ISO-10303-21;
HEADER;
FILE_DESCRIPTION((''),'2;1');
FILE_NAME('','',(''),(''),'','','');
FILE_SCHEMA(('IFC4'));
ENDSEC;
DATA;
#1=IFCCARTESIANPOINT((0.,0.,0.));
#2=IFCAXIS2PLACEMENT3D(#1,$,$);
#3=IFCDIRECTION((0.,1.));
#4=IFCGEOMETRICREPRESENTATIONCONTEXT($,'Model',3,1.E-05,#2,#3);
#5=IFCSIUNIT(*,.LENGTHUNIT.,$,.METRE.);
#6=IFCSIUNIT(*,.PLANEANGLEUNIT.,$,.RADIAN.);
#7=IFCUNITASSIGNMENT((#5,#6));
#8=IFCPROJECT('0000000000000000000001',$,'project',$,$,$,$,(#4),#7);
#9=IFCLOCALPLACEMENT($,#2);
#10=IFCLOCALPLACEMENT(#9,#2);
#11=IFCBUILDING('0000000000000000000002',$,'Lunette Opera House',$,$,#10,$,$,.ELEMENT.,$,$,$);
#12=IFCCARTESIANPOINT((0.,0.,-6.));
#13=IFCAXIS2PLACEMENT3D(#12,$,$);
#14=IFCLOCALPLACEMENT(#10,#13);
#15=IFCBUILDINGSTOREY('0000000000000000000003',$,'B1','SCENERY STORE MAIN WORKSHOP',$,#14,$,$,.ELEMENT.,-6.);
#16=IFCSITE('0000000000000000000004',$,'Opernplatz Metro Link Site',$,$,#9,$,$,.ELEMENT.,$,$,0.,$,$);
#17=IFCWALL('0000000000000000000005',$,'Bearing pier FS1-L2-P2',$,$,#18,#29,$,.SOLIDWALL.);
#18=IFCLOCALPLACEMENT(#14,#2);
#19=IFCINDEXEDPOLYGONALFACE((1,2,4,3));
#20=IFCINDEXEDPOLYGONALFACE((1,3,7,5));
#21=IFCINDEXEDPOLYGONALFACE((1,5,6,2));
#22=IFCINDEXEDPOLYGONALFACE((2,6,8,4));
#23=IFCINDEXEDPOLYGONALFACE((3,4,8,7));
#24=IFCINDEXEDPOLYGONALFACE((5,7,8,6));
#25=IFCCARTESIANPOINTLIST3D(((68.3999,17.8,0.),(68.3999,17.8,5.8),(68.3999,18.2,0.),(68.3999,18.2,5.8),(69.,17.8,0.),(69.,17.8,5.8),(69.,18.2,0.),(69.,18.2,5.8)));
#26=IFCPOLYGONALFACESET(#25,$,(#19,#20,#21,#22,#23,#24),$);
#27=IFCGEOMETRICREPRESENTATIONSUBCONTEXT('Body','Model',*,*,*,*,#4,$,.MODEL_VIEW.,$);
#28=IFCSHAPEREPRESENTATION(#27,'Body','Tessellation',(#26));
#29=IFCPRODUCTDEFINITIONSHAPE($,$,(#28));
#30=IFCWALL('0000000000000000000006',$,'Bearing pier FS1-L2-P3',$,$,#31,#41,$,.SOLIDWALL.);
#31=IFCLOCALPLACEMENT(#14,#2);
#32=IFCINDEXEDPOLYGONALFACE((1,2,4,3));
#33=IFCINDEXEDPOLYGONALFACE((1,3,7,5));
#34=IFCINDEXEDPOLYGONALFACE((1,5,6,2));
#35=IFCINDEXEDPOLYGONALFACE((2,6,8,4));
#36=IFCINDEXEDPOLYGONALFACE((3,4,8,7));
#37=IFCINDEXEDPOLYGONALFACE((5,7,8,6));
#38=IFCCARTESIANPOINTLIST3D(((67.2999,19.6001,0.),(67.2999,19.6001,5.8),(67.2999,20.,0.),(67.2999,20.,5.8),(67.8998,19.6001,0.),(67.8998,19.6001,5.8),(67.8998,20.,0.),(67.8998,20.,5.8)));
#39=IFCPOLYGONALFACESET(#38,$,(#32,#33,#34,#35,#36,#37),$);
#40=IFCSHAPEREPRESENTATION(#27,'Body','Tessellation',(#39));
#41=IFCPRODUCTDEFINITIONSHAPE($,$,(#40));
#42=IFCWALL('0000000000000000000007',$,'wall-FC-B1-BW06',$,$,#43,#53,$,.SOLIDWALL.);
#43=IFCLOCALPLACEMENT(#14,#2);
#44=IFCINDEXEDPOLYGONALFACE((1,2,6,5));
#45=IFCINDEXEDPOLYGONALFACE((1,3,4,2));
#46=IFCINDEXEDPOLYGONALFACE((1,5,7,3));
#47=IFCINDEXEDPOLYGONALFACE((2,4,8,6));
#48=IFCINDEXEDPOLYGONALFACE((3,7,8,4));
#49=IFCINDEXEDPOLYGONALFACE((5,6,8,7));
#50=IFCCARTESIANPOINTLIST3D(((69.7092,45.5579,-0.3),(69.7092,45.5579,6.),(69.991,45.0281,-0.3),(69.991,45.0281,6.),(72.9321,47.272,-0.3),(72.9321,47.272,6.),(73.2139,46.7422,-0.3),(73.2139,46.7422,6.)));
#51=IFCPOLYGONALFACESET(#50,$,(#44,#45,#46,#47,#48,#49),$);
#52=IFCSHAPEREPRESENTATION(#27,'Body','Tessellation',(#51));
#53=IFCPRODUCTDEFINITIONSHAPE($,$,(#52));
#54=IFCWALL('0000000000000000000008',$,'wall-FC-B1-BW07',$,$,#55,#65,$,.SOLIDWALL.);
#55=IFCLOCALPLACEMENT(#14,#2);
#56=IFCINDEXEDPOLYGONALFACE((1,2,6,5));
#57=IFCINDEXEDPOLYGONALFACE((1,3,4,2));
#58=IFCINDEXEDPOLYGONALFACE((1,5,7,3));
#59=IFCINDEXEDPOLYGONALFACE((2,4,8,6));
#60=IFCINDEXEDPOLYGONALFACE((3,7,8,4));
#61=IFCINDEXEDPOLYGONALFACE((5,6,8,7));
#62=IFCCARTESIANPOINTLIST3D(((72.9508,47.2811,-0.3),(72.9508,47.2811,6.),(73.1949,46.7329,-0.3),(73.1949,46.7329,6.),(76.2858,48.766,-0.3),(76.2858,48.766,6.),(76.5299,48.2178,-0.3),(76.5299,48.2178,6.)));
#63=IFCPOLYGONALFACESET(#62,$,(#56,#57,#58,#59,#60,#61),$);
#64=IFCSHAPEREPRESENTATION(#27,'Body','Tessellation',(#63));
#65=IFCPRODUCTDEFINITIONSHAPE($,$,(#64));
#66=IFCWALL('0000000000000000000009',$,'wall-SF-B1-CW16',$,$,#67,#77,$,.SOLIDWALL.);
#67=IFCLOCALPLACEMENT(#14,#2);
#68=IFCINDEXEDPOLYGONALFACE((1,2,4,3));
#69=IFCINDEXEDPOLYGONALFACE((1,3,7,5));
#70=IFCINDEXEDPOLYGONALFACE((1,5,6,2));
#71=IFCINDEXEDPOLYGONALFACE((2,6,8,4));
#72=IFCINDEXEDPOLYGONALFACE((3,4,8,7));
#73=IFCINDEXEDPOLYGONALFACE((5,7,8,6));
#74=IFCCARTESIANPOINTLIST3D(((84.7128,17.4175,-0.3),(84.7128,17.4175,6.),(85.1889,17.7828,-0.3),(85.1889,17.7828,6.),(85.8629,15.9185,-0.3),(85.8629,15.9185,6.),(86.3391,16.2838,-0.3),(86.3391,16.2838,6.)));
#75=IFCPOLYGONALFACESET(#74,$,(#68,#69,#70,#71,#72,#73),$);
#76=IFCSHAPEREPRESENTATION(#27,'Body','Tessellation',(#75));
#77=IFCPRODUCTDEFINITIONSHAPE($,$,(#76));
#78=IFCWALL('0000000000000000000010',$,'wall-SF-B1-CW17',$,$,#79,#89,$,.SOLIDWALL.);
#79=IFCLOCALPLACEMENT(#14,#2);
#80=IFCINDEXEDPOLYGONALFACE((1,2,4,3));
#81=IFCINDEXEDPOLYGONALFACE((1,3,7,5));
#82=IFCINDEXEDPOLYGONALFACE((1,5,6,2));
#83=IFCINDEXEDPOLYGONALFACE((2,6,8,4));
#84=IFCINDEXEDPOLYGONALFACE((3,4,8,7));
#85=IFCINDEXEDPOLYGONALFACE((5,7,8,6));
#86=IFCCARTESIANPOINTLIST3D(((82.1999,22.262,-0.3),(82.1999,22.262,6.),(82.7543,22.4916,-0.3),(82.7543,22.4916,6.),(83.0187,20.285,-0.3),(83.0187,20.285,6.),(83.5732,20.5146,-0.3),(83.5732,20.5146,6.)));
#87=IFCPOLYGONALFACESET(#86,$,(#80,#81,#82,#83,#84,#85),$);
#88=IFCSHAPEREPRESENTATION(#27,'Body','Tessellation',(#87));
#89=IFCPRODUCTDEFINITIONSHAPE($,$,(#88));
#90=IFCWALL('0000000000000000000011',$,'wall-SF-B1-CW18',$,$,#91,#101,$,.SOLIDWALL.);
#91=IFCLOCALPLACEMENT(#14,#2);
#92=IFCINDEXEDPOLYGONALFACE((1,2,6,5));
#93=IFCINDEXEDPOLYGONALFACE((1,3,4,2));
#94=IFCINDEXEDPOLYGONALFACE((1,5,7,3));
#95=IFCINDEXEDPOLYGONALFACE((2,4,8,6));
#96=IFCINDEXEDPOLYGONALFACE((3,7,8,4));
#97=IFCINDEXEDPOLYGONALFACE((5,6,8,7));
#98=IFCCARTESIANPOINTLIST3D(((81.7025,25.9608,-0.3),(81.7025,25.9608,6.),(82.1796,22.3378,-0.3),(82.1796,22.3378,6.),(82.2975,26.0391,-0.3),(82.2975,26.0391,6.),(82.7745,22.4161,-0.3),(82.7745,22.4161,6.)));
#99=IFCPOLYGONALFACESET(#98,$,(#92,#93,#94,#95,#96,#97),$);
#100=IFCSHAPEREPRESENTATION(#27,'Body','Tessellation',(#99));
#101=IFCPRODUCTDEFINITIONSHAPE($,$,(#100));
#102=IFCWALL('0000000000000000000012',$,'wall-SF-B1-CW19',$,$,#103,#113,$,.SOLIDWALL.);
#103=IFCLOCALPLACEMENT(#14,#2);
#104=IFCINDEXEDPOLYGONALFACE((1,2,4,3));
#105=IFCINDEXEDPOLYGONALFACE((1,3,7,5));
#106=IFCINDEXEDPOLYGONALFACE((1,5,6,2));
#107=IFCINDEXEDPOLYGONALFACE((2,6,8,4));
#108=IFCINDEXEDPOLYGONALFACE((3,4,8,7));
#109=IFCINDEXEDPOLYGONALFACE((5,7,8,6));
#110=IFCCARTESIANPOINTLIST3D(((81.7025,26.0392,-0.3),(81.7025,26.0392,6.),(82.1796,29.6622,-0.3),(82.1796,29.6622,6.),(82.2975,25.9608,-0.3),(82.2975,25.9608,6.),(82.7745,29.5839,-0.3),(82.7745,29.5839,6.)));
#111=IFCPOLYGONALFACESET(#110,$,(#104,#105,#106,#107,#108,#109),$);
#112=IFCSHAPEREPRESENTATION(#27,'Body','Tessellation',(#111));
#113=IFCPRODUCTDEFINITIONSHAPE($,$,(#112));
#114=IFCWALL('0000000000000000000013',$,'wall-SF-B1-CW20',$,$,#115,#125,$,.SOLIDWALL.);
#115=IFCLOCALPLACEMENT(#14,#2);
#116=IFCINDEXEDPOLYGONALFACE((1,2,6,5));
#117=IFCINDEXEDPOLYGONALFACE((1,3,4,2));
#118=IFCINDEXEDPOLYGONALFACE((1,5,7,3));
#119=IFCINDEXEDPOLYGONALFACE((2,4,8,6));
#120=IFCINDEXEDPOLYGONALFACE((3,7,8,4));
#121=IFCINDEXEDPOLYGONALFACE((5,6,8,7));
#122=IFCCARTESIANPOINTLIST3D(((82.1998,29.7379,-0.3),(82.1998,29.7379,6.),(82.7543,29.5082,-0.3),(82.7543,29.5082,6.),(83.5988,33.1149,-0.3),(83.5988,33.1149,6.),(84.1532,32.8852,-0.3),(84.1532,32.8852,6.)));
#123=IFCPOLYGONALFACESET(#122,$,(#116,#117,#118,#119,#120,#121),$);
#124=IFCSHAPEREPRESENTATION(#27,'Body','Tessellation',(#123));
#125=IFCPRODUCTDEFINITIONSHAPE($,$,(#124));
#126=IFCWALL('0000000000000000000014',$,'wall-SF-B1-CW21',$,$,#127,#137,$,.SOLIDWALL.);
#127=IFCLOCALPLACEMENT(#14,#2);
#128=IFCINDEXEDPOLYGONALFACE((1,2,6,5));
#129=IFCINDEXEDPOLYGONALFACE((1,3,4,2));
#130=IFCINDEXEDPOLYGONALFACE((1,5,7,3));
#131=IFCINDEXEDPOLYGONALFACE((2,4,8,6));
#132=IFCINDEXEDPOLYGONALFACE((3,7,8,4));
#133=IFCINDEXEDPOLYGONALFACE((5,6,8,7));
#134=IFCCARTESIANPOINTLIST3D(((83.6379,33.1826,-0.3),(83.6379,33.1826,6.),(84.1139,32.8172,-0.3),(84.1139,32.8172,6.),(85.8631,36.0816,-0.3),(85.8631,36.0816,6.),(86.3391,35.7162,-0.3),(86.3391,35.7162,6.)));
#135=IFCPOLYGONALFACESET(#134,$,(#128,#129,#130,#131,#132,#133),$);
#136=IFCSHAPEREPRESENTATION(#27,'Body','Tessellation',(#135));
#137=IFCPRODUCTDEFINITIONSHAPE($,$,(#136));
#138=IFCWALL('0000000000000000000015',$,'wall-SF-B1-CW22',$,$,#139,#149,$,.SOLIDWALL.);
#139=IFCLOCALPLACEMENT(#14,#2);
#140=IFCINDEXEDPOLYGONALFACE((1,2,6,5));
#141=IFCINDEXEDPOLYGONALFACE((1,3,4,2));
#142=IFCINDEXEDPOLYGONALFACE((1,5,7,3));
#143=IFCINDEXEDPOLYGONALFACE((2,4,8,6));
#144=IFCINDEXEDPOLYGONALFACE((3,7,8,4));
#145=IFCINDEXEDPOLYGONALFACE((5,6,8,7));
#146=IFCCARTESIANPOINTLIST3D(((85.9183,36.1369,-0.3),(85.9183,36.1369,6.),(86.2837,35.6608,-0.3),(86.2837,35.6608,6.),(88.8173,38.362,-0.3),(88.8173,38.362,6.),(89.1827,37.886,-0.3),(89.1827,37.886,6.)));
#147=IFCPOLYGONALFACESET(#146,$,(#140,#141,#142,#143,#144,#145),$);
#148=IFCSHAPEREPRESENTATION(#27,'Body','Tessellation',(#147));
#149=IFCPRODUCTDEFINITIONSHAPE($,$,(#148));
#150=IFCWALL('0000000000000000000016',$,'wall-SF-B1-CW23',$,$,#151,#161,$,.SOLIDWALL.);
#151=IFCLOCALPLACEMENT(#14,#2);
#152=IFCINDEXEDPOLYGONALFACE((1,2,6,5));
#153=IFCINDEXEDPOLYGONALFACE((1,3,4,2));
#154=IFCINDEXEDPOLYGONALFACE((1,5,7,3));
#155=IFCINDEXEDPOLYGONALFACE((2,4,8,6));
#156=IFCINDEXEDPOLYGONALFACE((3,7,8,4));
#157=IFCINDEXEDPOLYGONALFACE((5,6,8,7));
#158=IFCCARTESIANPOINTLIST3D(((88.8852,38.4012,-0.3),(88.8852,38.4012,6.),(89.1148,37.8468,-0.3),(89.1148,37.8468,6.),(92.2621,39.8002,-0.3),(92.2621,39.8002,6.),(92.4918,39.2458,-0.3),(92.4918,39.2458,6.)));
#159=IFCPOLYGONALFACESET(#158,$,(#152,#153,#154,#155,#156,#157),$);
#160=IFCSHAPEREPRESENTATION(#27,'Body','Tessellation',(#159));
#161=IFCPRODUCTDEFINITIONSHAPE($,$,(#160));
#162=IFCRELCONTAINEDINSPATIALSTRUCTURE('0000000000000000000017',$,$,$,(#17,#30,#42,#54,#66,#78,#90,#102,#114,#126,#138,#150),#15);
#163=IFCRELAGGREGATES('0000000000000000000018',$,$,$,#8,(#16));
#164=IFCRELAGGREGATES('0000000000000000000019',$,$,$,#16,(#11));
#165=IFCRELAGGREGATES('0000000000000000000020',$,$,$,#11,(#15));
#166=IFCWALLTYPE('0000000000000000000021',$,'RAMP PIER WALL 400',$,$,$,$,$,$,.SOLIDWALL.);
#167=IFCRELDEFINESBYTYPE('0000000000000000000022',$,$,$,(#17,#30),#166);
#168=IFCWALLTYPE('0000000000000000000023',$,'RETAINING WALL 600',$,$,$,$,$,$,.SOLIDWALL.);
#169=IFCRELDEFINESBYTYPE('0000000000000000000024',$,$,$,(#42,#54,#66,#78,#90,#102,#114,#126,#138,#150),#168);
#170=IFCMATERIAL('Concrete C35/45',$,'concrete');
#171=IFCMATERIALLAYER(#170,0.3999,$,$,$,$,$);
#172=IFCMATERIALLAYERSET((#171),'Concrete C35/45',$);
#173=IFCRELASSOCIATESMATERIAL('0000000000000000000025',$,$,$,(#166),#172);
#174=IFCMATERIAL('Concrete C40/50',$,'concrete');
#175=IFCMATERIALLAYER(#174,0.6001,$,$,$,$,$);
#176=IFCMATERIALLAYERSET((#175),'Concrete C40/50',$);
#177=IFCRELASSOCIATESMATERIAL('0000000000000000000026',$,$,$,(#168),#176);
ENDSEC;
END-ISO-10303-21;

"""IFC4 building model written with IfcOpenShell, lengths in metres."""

from ifc_helpers import new_model, si_unit, direction, frame, frame_2d, origin, place, context, subcontext, project, spatial, rectangle, extrude, material, layer, layer_set, type_object, element, save


model = new_model("IFC4")

# Units and contexts
model_context = context("Model", 3, precision=1e-05, world=origin(), true_north=direction((0.0, 1.0)))
body_context = subcontext(model_context, "Body", "Model", "MODEL_VIEW")
ifc_project = project(units=[si_unit("LENGTHUNIT", "METRE"), si_unit("PLANEANGLEUNIT", "RADIAN")], contexts=[model_context])

# Site, building, storey
site_placement = place(None, origin())
site = spatial("IfcSite", under=ifc_project, at=site_placement, Name="Opernplatz Metro Link Site", CompositionType="ELEMENT", RefElevation=0.0)
building_placement = place(site_placement, origin())
building = spatial("IfcBuilding", under=site, at=building_placement, Name="Lunette Opera House", CompositionType="ELEMENT")
storey_placement = place(building_placement, frame((0.0, 0.0, -6.0)))
storey = spatial("IfcBuildingStorey", under=building, at=storey_placement, Name="B1", Description="SCENERY STORE MAIN WORKSHOP", CompositionType="ELEMENT", Elevation=-6.0)

# Walls
ifc_material_1 = material(Name="Concrete C35/45", Category="concrete")
ifc_layer_1 = layer(ifc_material_1, 0.3999)
ifc_layer_set_1 = layer_set([ifc_layer_1], Name="Concrete C35/45")
wall_type_1 = type_object("IfcWallType", Name="RAMP PIER WALL 400", PredefinedType="SOLIDWALL", material=ifc_layer_set_1)
wall_1_placement = place(storey_placement, frame((68.3999, 18.0, 0.0), z_axis=(0.0, 0.0, 1.0), x_axis=(1.0, 0.0, 0.0)))
element("IfcWall", 1, at=wall_1_placement, inside=storey, type_object=wall_type_1, Name="Bearing pier FS1-L2-P2", PredefinedType="SOLIDWALL", context=body_context, shape_type="SweptSolid", body=[
    extrude(rectangle(XDim=0.6001, YDim=0.3999, at=frame_2d((0.3, 0.0))), origin(), (0.0, 0.0, 1.0), 5.8),
])
wall_2_placement = place(storey_placement, frame((67.3, 19.8, 0.0), z_axis=(0.0, 0.0, 1.0), x_axis=(1.0, 0.0, 0.0)))
element("IfcWall", 2, at=wall_2_placement, inside=storey, type_object=wall_type_1, Name="Bearing pier FS1-L2-P3", PredefinedType="SOLIDWALL", context=body_context, shape_type="SweptSolid", body=[
    extrude(rectangle(XDim=0.5999, YDim=0.3999, at=frame_2d((0.2998, 0.0))), origin(), (0.0, 0.0, 1.0), 5.8),
])
ifc_material_2 = material(Name="Concrete C40/50", Category="concrete")
ifc_layer_2 = layer(ifc_material_2, 0.6001)
ifc_layer_set_2 = layer_set([ifc_layer_2], Name="Concrete C40/50")
wall_type_2 = type_object("IfcWallType", Name="RETAINING WALL 600", PredefinedType="SOLIDWALL", material=ifc_layer_set_2)
wall_3_placement = place(storey_placement, frame((69.8501, 45.293, -0.3), z_axis=(0.0, 0.0, 1.0), x_axis=(0.882895, 0.469571, 0.0)))
element("IfcWall", 3, at=wall_3_placement, inside=storey, type_object=wall_type_2, Name="wall-FC-B1-BW06", PredefinedType="SOLIDWALL", context=body_context, shape_type="SweptSolid", body=[
    extrude(rectangle(XDim=3.6504, YDim=0.6001, at=frame_2d((1.8252, 0.0))), origin(), (0.0, 0.0, 1.0), 6.3),
])
wall_4_placement = place(storey_placement, frame((73.073, 47.0071, -0.3), z_axis=(0.0, 0.0, 1.0), x_axis=(0.913541, 0.406746, 0.0)))
element("IfcWall", 4, at=wall_4_placement, inside=storey, type_object=wall_type_2, Name="wall-FC-B1-BW07", PredefinedType="SOLIDWALL", context=body_context, shape_type="SweptSolid", body=[
    extrude(rectangle(XDim=3.6506, YDim=0.6001, at=frame_2d((1.8252, 0.0))), origin(), (0.0, 0.0, 1.0), 6.3),
])
wall_5_placement = place(storey_placement, frame((86.1011, 16.1011, -0.3), z_axis=(0.0, 0.0, 1.0), x_axis=(-0.60873, 0.793378, 0.0)))
element("IfcWall", 5, at=wall_5_placement, inside=storey, type_object=wall_type_2, Name="wall-SF-B1-CW16", PredefinedType="SOLIDWALL", context=body_context, shape_type="SweptSolid", body=[
    extrude(rectangle(XDim=1.8894, YDim=0.6001, at=frame_2d((0.9448, 0.0))), origin(), (0.0, 0.0, 1.0), 6.3),
])
wall_6_placement = place(storey_placement, frame((83.2959, 20.3999, -0.3), z_axis=(0.0, 0.0, 1.0), x_axis=(-0.382654, 0.923892, 0.0)))
element("IfcWall", 6, at=wall_6_placement, inside=storey, type_object=wall_type_2, Name="wall-SF-B1-CW17", PredefinedType="SOLIDWALL", context=body_context, shape_type="SweptSolid", body=[
    extrude(rectangle(XDim=2.1399, YDim=0.6001, at=frame_2d((1.0698, 0.0))), origin(), (0.0, 0.0, 1.0), 6.3),
])
for number, where, z_axis, x_axis, name in (
    (7, (82.4771, 22.377, -0.3), (0.0, 0.0, 1.0), (-0.130544, 0.991442, 0.0), "wall-SF-B1-CW18"),
    (8, (82.0, 26.0, -0.3), (0.0, 0.0, 1.0), (0.130544, 0.991442, 0.0), "wall-SF-B1-CW19"),
):
    element("IfcWall", number, at=place(storey_placement, frame(where, z_axis=z_axis, x_axis=x_axis)), inside=storey, type_object=wall_type_2, Name=name, PredefinedType="SOLIDWALL", context=body_context, shape_type="SweptSolid", body=[
        extrude(rectangle(XDim=3.6543, YDim=0.6001, at=frame_2d((1.8271, 0.0))), origin(), (0.0, 0.0, 1.0), 6.3),
    ])
wall_7_placement = place(storey_placement, frame((82.4771, 29.623, -0.3), z_axis=(0.0, 0.0, 1.0), x_axis=(0.382718, 0.923865, 0.0)))
element("IfcWall", 9, at=wall_7_placement, inside=storey, type_object=wall_type_2, Name="wall-SF-B1-CW20", PredefinedType="SOLIDWALL", context=body_context, shape_type="SweptSolid", body=[
    extrude(rectangle(XDim=3.6553, YDim=0.6001, at=frame_2d((1.8276, 0.0))), origin(), (0.0, 0.0, 1.0), 6.3),
])
for number, where, z_axis, x_axis, name in (
    (10, (83.876, 33.0, -0.3), (0.0, 0.0, 1.0), (0.608877, 0.793264, 0.0), "wall-SF-B1-CW21"),
    (11, (86.1011, 35.8989, -0.3), (0.0, 0.0, 1.0), (0.793264, 0.608877, 0.0), "wall-SF-B1-CW22"),
):
    element("IfcWall", number, at=place(storey_placement, frame(where, z_axis=z_axis, x_axis=x_axis)), inside=storey, type_object=wall_type_2, Name=name, PredefinedType="SOLIDWALL", context=body_context, shape_type="SweptSolid", body=[
        extrude(rectangle(XDim=3.6545, YDim=0.6001, at=frame_2d((1.8271, 0.0))), origin(), (0.0, 0.0, 1.0), 6.3),
    ])
wall_8_placement = place(storey_placement, frame((89.0, 38.124, -0.3), z_axis=(0.0, 0.0, 1.0), x_axis=(0.923865, 0.382718, 0.0)))
element("IfcWall", 12, at=wall_8_placement, inside=storey, type_object=wall_type_2, Name="wall-SF-B1-CW23", PredefinedType="SOLIDWALL", context=body_context, shape_type="SweptSolid", body=[
    extrude(rectangle(XDim=3.6553, YDim=0.6001, at=frame_2d((1.8276, 0.0))), origin(), (0.0, 0.0, 1.0), 6.3),
])

save(model, "model.ifc")
